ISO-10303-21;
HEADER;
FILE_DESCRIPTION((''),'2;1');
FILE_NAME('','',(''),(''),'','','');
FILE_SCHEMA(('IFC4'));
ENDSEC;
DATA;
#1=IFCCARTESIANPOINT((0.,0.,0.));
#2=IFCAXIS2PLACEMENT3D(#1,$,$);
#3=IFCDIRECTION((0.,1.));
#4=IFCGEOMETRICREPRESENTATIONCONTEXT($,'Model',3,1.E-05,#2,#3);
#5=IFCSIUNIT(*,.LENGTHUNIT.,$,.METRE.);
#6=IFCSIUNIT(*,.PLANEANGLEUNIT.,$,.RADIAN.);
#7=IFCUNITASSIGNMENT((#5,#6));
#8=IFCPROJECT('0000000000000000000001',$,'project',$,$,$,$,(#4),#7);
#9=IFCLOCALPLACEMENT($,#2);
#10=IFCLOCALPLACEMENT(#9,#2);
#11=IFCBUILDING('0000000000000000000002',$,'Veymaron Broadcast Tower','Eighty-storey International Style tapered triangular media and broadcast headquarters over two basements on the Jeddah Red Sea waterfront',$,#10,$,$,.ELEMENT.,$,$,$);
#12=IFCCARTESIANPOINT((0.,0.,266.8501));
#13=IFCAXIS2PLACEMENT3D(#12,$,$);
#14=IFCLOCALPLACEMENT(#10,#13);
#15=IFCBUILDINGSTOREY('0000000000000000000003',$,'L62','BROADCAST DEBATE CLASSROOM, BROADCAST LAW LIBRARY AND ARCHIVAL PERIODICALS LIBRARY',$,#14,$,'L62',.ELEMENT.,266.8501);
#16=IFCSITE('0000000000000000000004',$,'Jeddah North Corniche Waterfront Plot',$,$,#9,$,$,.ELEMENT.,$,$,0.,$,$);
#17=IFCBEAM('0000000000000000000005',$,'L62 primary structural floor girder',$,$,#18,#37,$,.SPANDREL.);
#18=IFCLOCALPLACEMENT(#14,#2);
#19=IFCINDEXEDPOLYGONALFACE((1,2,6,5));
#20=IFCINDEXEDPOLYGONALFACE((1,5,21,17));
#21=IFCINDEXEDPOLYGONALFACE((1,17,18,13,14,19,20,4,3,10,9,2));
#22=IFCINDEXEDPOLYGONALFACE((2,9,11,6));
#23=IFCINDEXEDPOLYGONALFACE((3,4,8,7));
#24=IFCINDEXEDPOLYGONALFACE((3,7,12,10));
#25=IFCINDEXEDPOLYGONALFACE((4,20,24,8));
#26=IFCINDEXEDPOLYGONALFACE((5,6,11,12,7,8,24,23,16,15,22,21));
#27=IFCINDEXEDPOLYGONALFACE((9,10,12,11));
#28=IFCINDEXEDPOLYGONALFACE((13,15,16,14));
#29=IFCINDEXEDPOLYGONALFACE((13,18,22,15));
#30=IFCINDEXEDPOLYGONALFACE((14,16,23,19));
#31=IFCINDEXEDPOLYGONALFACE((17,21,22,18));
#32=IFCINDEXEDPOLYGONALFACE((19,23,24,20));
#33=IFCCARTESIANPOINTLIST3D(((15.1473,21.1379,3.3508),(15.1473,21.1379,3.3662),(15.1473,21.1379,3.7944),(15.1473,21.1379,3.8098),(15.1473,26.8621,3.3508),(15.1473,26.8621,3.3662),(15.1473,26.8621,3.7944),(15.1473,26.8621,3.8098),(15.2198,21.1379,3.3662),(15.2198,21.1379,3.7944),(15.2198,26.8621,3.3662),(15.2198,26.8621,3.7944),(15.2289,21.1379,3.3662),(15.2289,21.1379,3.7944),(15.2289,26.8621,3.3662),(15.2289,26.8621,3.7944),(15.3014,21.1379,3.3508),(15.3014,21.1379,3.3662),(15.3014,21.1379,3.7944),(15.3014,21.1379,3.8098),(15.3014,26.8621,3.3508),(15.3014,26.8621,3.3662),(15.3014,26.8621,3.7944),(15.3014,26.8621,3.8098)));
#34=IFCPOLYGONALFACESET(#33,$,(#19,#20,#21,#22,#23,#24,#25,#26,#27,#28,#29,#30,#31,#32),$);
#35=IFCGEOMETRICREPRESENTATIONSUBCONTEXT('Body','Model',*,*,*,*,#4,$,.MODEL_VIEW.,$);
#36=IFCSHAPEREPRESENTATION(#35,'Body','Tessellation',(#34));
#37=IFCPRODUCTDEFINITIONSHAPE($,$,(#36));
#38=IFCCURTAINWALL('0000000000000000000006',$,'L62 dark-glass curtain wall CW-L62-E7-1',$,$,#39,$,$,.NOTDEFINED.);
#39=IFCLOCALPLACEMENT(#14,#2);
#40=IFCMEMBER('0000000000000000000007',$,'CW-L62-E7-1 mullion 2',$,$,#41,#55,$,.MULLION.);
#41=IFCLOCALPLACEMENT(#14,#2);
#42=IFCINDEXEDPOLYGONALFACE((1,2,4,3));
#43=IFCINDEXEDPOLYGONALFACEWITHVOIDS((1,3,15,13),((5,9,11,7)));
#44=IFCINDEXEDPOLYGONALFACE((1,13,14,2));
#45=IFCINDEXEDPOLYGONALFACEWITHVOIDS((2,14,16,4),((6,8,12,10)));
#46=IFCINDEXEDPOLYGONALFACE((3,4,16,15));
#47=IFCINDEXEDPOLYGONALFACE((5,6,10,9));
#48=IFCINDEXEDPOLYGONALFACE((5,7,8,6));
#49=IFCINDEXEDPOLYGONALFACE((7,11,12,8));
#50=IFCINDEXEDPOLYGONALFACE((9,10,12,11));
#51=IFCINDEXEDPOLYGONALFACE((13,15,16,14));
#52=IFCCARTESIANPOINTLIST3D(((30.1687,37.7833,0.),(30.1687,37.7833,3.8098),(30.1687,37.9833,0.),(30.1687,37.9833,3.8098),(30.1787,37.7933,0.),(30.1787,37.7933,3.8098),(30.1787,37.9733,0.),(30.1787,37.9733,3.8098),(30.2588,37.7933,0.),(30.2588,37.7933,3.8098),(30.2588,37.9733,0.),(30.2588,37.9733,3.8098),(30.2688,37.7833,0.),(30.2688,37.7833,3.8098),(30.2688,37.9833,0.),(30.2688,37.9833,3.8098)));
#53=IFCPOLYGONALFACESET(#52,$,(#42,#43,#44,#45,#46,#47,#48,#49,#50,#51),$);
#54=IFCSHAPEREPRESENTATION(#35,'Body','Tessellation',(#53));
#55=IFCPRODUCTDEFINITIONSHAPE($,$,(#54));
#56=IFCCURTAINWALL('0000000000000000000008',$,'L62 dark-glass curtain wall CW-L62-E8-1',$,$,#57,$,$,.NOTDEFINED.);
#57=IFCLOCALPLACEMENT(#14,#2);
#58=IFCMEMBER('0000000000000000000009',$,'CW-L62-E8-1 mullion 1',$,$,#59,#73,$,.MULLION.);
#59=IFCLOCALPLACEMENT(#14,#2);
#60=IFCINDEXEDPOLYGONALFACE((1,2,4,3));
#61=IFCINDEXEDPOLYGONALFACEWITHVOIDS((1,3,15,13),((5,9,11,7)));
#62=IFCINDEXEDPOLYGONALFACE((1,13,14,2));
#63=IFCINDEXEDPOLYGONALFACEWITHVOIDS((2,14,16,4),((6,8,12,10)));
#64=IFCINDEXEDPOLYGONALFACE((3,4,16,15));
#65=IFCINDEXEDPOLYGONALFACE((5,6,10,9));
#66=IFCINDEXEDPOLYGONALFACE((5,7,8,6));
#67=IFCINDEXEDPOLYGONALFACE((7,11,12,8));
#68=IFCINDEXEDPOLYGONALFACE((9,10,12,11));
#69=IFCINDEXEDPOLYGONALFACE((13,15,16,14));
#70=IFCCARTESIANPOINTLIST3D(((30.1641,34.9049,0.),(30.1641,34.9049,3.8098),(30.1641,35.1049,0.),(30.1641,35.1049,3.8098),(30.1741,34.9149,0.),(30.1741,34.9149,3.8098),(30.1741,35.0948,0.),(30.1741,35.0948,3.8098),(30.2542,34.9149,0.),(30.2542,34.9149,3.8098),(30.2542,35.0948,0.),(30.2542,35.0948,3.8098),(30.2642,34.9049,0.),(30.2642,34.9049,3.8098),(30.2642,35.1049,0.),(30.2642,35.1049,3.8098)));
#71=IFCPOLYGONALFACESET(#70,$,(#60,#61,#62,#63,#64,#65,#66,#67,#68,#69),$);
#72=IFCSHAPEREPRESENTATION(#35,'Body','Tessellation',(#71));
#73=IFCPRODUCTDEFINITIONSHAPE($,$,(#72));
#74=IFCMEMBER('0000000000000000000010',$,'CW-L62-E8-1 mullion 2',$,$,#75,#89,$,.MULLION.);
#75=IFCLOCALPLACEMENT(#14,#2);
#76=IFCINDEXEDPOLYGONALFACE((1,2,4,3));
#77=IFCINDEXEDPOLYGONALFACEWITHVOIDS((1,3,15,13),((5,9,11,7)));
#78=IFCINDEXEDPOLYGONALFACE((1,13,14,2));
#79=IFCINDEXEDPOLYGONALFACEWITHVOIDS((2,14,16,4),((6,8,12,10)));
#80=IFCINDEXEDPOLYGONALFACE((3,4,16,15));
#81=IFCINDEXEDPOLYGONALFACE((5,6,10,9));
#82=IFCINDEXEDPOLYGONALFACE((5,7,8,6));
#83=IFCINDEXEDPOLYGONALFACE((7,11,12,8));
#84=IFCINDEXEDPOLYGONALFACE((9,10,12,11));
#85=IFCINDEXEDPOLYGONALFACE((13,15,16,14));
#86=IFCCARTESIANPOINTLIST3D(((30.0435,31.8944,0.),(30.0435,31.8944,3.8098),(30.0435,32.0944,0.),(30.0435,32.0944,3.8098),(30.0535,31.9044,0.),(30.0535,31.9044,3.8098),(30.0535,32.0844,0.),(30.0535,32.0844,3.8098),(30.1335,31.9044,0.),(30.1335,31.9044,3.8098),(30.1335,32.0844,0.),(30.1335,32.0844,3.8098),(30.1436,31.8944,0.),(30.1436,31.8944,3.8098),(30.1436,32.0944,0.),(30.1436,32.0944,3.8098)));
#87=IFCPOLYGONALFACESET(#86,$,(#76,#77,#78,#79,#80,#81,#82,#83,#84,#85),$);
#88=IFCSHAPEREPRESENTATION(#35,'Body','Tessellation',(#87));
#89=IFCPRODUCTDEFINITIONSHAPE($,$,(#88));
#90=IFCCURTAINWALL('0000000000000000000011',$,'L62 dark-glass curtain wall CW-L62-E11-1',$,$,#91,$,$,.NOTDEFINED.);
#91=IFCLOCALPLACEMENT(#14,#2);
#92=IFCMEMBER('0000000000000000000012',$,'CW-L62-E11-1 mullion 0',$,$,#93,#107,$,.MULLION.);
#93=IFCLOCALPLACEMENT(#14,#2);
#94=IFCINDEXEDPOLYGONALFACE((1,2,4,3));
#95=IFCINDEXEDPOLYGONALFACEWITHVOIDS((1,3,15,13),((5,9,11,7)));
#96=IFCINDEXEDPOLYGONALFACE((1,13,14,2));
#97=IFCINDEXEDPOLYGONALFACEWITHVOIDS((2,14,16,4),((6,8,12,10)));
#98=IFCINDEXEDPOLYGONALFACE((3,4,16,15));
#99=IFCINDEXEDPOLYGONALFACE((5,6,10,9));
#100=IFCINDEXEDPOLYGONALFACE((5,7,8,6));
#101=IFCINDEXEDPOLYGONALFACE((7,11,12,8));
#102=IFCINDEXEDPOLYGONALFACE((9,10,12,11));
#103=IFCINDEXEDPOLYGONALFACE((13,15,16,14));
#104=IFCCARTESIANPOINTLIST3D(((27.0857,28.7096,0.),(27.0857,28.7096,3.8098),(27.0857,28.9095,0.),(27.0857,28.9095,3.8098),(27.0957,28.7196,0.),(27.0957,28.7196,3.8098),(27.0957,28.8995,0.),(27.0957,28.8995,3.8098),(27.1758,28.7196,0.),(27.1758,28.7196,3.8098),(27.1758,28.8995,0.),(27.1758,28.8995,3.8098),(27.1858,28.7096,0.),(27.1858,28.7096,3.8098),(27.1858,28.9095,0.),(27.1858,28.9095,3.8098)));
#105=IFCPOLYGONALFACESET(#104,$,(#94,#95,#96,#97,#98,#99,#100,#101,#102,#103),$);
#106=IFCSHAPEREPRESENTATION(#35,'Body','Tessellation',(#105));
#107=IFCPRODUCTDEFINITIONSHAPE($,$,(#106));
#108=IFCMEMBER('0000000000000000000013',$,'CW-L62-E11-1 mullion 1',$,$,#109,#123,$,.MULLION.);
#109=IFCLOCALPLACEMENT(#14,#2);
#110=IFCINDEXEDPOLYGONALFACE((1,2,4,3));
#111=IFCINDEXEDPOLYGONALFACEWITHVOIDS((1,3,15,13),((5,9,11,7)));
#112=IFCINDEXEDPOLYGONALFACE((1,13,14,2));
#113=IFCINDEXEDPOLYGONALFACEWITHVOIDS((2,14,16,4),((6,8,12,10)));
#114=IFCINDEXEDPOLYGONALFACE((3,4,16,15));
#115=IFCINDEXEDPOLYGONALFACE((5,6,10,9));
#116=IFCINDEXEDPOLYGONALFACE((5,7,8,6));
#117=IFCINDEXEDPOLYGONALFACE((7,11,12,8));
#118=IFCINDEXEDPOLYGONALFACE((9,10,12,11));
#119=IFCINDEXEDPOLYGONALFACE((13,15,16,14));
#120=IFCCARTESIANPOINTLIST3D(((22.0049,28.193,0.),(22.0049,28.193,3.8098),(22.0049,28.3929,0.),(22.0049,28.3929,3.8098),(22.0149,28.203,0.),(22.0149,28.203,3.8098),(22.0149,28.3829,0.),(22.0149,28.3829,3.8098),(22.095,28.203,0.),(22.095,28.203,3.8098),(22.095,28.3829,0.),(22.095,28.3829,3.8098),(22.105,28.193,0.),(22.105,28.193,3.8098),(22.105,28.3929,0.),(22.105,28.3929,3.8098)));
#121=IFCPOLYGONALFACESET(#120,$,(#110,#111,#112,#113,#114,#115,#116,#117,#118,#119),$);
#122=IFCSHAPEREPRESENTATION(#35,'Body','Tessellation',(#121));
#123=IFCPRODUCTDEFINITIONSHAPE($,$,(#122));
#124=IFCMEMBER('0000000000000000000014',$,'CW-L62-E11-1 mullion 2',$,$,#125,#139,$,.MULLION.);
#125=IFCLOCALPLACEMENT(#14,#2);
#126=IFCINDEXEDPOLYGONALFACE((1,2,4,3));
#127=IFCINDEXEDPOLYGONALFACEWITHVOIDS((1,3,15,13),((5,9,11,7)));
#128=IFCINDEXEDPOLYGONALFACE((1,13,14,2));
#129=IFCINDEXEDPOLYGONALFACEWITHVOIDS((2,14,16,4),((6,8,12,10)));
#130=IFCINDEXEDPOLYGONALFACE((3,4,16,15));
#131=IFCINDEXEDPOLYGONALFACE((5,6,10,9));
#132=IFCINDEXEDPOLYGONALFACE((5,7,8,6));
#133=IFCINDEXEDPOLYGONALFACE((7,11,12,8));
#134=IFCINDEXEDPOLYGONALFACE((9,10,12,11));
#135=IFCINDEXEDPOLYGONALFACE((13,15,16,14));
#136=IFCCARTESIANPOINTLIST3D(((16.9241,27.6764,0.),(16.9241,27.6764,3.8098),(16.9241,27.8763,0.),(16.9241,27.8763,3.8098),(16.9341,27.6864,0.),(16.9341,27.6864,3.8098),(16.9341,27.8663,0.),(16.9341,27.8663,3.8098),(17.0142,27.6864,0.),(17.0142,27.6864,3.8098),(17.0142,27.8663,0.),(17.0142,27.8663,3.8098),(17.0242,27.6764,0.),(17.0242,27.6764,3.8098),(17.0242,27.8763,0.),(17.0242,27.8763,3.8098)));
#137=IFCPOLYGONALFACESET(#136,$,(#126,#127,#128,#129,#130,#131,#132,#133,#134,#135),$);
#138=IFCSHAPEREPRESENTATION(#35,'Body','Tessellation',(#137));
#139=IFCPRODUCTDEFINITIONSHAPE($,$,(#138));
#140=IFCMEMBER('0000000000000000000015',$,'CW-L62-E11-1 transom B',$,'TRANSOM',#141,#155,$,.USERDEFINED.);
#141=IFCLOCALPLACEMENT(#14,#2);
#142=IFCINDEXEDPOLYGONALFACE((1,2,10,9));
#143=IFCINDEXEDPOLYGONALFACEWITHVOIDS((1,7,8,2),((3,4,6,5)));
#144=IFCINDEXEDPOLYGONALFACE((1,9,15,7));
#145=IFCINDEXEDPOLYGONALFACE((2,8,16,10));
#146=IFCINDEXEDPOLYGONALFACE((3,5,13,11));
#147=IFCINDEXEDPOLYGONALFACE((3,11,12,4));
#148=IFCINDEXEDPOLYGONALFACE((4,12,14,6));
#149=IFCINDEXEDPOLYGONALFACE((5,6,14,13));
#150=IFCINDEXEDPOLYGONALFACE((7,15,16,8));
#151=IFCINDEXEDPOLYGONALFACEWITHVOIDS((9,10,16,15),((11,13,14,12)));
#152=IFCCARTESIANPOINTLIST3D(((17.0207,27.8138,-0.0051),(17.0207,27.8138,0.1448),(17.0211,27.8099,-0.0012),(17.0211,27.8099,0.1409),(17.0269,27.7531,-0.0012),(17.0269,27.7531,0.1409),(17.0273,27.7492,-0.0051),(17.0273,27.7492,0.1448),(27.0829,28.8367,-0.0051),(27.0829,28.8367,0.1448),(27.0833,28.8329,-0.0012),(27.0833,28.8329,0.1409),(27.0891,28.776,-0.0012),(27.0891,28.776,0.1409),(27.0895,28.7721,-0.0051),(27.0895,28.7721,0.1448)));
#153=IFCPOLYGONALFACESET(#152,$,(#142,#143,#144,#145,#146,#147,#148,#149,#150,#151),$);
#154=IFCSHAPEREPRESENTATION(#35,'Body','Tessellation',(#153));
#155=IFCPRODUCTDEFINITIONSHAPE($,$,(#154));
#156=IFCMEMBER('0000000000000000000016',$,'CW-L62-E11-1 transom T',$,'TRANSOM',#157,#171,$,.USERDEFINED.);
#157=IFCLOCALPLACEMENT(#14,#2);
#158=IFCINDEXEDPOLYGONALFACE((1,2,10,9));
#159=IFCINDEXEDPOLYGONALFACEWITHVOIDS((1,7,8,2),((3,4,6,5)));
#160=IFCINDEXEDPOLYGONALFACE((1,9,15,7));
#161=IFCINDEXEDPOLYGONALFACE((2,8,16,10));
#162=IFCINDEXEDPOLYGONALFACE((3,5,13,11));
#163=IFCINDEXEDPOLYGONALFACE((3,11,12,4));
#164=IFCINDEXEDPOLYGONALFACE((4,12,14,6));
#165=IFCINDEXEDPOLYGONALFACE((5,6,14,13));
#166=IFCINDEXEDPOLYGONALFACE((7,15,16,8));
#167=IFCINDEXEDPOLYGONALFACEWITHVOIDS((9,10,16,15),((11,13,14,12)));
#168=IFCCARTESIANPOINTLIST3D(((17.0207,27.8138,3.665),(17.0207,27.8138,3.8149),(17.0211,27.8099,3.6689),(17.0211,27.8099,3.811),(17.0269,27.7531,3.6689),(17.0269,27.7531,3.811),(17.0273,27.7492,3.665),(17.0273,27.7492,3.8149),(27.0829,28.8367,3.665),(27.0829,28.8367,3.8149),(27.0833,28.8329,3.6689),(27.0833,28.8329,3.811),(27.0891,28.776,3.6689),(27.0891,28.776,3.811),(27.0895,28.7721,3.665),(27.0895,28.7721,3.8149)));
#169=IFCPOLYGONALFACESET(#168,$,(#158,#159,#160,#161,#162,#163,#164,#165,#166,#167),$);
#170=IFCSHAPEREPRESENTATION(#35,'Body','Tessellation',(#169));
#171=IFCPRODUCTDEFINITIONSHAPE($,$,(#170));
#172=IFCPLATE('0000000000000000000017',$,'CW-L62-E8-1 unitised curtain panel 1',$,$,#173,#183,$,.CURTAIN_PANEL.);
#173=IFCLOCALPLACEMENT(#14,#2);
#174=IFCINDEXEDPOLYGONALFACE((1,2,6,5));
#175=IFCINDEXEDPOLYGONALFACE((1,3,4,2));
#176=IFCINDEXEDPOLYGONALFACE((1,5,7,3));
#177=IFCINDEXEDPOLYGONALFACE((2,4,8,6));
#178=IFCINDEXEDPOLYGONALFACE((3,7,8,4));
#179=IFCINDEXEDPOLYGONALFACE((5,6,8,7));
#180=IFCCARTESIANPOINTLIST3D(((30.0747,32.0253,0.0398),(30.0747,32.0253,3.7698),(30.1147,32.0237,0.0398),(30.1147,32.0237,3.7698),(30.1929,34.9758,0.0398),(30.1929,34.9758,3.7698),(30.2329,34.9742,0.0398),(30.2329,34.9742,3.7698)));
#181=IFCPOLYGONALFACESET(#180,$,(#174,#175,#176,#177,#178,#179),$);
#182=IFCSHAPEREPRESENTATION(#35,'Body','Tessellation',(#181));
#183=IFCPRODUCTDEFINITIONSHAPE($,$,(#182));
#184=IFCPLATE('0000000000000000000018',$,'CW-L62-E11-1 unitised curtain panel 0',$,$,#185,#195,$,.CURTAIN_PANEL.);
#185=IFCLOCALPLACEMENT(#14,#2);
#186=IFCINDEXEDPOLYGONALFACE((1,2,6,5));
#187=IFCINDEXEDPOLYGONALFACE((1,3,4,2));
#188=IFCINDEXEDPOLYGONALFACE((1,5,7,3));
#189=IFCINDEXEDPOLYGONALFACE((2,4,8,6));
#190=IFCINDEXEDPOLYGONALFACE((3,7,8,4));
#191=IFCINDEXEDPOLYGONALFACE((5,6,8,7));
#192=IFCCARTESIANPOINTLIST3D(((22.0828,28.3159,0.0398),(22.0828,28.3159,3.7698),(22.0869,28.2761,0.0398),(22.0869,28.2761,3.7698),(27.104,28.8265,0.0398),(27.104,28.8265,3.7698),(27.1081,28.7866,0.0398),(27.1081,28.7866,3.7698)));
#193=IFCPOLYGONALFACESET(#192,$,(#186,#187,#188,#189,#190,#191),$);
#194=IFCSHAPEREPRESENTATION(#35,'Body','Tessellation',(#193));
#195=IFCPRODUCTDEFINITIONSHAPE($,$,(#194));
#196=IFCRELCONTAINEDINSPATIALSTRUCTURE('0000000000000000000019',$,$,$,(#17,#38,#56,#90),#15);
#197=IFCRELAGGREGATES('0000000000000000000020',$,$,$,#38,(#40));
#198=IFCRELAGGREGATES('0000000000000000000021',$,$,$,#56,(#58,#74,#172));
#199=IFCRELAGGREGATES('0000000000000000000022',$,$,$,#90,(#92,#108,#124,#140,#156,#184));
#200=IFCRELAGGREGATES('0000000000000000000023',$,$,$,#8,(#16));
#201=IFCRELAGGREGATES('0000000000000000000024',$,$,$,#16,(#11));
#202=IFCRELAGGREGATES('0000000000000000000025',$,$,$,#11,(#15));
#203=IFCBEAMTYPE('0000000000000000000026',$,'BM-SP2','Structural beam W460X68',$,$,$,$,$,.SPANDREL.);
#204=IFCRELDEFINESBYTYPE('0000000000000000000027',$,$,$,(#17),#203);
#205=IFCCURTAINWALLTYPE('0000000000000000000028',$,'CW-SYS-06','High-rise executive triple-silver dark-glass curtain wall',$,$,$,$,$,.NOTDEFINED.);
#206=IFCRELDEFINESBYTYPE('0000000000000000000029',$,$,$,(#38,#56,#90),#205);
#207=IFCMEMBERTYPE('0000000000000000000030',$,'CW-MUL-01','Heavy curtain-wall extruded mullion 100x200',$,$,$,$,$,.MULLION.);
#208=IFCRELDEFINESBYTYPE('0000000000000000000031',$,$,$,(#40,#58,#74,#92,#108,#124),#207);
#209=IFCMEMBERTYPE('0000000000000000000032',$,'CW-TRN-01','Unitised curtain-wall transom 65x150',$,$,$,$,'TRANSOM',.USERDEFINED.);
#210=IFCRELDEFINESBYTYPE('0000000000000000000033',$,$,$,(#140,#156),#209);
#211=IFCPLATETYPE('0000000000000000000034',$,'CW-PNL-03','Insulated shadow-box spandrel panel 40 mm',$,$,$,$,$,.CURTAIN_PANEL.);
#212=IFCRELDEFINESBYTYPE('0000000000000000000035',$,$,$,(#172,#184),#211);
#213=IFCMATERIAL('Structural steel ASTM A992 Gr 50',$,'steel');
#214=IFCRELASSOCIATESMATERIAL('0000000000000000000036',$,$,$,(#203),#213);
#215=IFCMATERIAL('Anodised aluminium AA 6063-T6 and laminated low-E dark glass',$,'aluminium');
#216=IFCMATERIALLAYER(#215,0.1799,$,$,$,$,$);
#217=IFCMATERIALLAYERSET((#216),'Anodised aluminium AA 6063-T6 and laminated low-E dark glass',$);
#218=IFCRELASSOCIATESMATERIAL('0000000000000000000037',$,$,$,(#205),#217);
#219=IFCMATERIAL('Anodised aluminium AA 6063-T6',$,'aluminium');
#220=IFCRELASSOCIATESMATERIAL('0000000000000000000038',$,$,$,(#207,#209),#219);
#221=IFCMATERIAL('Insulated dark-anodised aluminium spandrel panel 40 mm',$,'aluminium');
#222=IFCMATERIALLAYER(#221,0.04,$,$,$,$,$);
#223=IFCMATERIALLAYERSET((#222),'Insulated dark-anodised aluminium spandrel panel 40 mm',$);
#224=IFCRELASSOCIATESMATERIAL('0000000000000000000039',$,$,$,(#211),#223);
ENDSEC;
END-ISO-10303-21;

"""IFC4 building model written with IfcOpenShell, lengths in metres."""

from ifc_helpers import new_model, si_unit, direction, frame, origin, origin_2d, place, context, subcontext, project, spatial, rectangle, hollow_rectangle, i_section, extrude, material, layer, layer_set, material_profile, profile_set, type_object, element, aggregate, save


model = new_model("IFC4")

# Units and contexts
model_context = context("Model", 3, precision=1e-05, world=origin(), true_north=direction((0.0, 1.0)))
body_context = subcontext(model_context, "Body", "Model", "MODEL_VIEW")
ifc_project = project(units=[si_unit("LENGTHUNIT", "METRE"), si_unit("PLANEANGLEUNIT", "RADIAN")], contexts=[model_context])

# Site, building, storey
site_placement = place(None, origin())
site = spatial("IfcSite", under=ifc_project, at=site_placement, Name="Jeddah North Corniche Waterfront Plot", CompositionType="ELEMENT", RefElevation=0.0)
building_placement = place(site_placement, origin())
building = spatial("IfcBuilding", under=site, at=building_placement, Name="Veymaron Broadcast Tower", Description="Eighty-storey International Style tapered triangular media and broadcast headquarters over two basements on the Jeddah Red Sea waterfront", CompositionType="ELEMENT")
storey_placement = place(building_placement, frame((0.0, 0.0, 266.8501)))
storey = spatial("IfcBuildingStorey", under=building, at=storey_placement, Name="L62", Description="BROADCAST DEBATE CLASSROOM, BROADCAST LAW LIBRARY AND ARCHIVAL PERIODICALS LIBRARY", LongName="L62", CompositionType="ELEMENT", Elevation=266.8501)

# Beam
ifc_material_1 = material(Name="Structural steel ASTM A992 Gr 50", Category="steel")
ifc_material_profile_1 = material_profile(ifc_material_1, i_section(OverallWidth=0.1541, OverallDepth=0.459, WebThickness=0.009, FlangeThickness=0.0154, at=origin_2d()), Name="W460X68")
ifc_profile_set_1 = profile_set([ifc_material_profile_1], Name="Structural steel ASTM A992 Gr 50")
beam_type_1 = type_object("IfcBeamType", Name="BM-SP2", Description="Structural beam W460X68", PredefinedType="SPANDREL", material=ifc_profile_set_1)
beam_1_placement = place(storey_placement, frame((15.2244, 21.1379, 3.5803), z_axis=(0.0, 1.0, 0.0), x_axis=(-1.0, 0.0, 0.0)))
element("IfcBeam", 1, at=beam_1_placement, inside=storey, type_object=beam_type_1, Name="L62 primary structural floor girder", PredefinedType="SPANDREL", context=body_context, shape_type="SweptSolid", body=[
    extrude(i_section(OverallWidth=0.1541, OverallDepth=0.459, WebThickness=0.009, FlangeThickness=0.0154, at=origin_2d()), origin(), (0.0, 0.0, 1.0), 5.7241),
])

# Curtain wall, member
ifc_material_2 = material(Name="Anodised aluminium AA 6063-T6 and laminated low-E dark glass", Category="aluminium")
ifc_layer_1 = layer(ifc_material_2, 0.1799)
ifc_layer_set_1 = layer_set([ifc_layer_1], Name="Anodised aluminium AA 6063-T6 and laminated low-E dark glass")
curtain_wall_type = type_object("IfcCurtainWallType", Name="CW-SYS-06", Description="High-rise executive triple-silver dark-glass curtain wall", PredefinedType="NOTDEFINED", material=ifc_layer_set_1)
curtain_wall_1_placement = place(storey_placement, origin())
curtain_wall_1 = element("IfcCurtainWall", 2, at=curtain_wall_1_placement, inside=storey, type_object=curtain_wall_type, Name="L62 dark-glass curtain wall CW-L62-E7-1", PredefinedType="NOTDEFINED")
ifc_material_3 = material(Name="Anodised aluminium AA 6063-T6", Category="aluminium")
ifc_material_profile_2 = material_profile(ifc_material_3, hollow_rectangle(XDim=0.1001, YDim=0.2, WallThickness=0.01, at=origin_2d()), Name="RHS200X100X10")
ifc_profile_set_2 = profile_set([ifc_material_profile_2], Name="Anodised aluminium AA 6063-T6")
member_type_1 = type_object("IfcMemberType", Name="CW-MUL-01", Description="Heavy curtain-wall extruded mullion 100x200", PredefinedType="MULLION", material=ifc_profile_set_2)
member_1_placement = place(storey_placement, frame((30.2188, 37.8833, 0.0), z_axis=(0.0, 0.0, 1.0), x_axis=(1.0, 0.0, 0.0)))
member_1 = element("IfcMember", 3, at=member_1_placement, type_object=member_type_1, Name="CW-L62-E7-1 mullion 2", PredefinedType="MULLION", context=body_context, shape_type="SweptSolid", body=[
    extrude(hollow_rectangle(XDim=0.1001, YDim=0.2, WallThickness=0.01, at=origin_2d()), origin(), (0.0, 0.0, 1.0), 3.8098),
])
aggregate(curtain_wall_1, [member_1])

# Curtain walls, members
curtain_wall_2_placement = place(storey_placement, origin())
curtain_wall_2 = element("IfcCurtainWall", 4, at=curtain_wall_2_placement, inside=storey, type_object=curtain_wall_type, Name="L62 dark-glass curtain wall CW-L62-E8-1", PredefinedType="NOTDEFINED")
member_2_placement = place(storey_placement, frame((30.2141, 35.0049, 0.0), z_axis=(0.0, 0.0, 1.0), x_axis=(1.0, 0.0, 0.0)))
member_2 = element("IfcMember", 5, at=member_2_placement, type_object=member_type_1, Name="CW-L62-E8-1 mullion 1", PredefinedType="MULLION", context=body_context, shape_type="SweptSolid", body=[
    extrude(hollow_rectangle(XDim=0.1001, YDim=0.2, WallThickness=0.01, at=origin_2d()), origin(), (0.0, 0.0, 1.0), 3.8098),
])
member_3_placement = place(storey_placement, frame((30.0935, 31.9944, 0.0), z_axis=(0.0, 0.0, 1.0), x_axis=(1.0, 0.0, 0.0)))
member_3 = element("IfcMember", 6, at=member_3_placement, type_object=member_type_1, Name="CW-L62-E8-1 mullion 2", PredefinedType="MULLION", context=body_context, shape_type="SweptSolid", body=[
    extrude(hollow_rectangle(XDim=0.1001, YDim=0.2, WallThickness=0.01, at=origin_2d()), origin(), (0.0, 0.0, 1.0), 3.8098),
])
curtain_wall_3_placement = place(storey_placement, origin())
curtain_wall_3 = element("IfcCurtainWall", 7, at=curtain_wall_3_placement, inside=storey, type_object=curtain_wall_type, Name="L62 dark-glass curtain wall CW-L62-E11-1", PredefinedType="NOTDEFINED")
member_4_placement = place(storey_placement, frame((27.1357, 28.8096, 0.0), z_axis=(0.0, 0.0, 1.0), x_axis=(1.0, 0.0, 0.0)))
member_4 = element("IfcMember", 8, at=member_4_placement, type_object=member_type_1, Name="CW-L62-E11-1 mullion 0", PredefinedType="MULLION", context=body_context, shape_type="SweptSolid", body=[
    extrude(hollow_rectangle(XDim=0.1001, YDim=0.2, WallThickness=0.01, at=origin_2d()), origin(), (0.0, 0.0, 1.0), 3.8098),
])
member_5_placement = place(storey_placement, frame((22.0549, 28.293, 0.0), z_axis=(0.0, 0.0, 1.0), x_axis=(1.0, 0.0, 0.0)))
member_5 = element("IfcMember", 9, at=member_5_placement, type_object=member_type_1, Name="CW-L62-E11-1 mullion 1", PredefinedType="MULLION", context=body_context, shape_type="SweptSolid", body=[
    extrude(hollow_rectangle(XDim=0.1001, YDim=0.2, WallThickness=0.01, at=origin_2d()), origin(), (0.0, 0.0, 1.0), 3.8098),
])
member_6_placement = place(storey_placement, frame((16.9741, 27.7764, 0.0), z_axis=(0.0, 0.0, 1.0), x_axis=(1.0, 0.0, 0.0)))
member_6 = element("IfcMember", 10, at=member_6_placement, type_object=member_type_1, Name="CW-L62-E11-1 mullion 2", PredefinedType="MULLION", context=body_context, shape_type="SweptSolid", body=[
    extrude(hollow_rectangle(XDim=0.1001, YDim=0.2, WallThickness=0.01, at=origin_2d()), origin(), (0.0, 0.0, 1.0), 3.8098),
])
ifc_material_profile_3 = material_profile(ifc_material_3, hollow_rectangle(XDim=0.0649, YDim=0.1499, WallThickness=0.0039, at=origin_2d()), Name="AL150X65X4")
ifc_profile_set_3 = profile_set([ifc_material_profile_3], Name="Anodised aluminium AA 6063-T6")
member_type_2 = type_object("IfcMemberType", Name="CW-TRN-01", Description="Unitised curtain-wall transom 65x150", ElementType="TRANSOM", PredefinedType="USERDEFINED", material=ifc_profile_set_3)
member_7_placement = place(storey_placement, frame((27.0862, 28.8044, 0.0698), z_axis=(-0.994872, -0.101141, 0.0), x_axis=(0.101141, -0.994872, 0.0)))
member_7 = element("IfcMember", 11, at=member_7_placement, type_object=member_type_2, Name="CW-L62-E11-1 transom B", ObjectType="TRANSOM", PredefinedType="USERDEFINED", context=body_context, shape_type="SweptSolid", body=[
    extrude(hollow_rectangle(XDim=0.0649, YDim=0.1499, WallThickness=0.0039, at=origin_2d()), origin(), (0.0, 0.0, 1.0), 10.114),
])
member_8_placement = place(storey_placement, frame((27.0862, 28.8044, 3.74), z_axis=(-0.994872, -0.101141, 0.0), x_axis=(0.101141, -0.994872, 0.0)))
member_8 = element("IfcMember", 12, at=member_8_placement, type_object=member_type_2, Name="CW-L62-E11-1 transom T", ObjectType="TRANSOM", PredefinedType="USERDEFINED", context=body_context, shape_type="SweptSolid", body=[
    extrude(hollow_rectangle(XDim=0.0649, YDim=0.1499, WallThickness=0.0039, at=origin_2d()), origin(), (0.0, 0.0, 1.0), 10.114),
])

# Plates
ifc_material_4 = material(Name="Insulated dark-anodised aluminium spandrel panel 40 mm", Category="aluminium")
ifc_layer_2 = layer(ifc_material_4, 0.04)
ifc_layer_set_2 = layer_set([ifc_layer_2], Name="Insulated dark-anodised aluminium spandrel panel 40 mm")
plate_type_1 = type_object("IfcPlateType", Name="CW-PNL-03", Description="Insulated shadow-box spandrel panel 40 mm", PredefinedType="CURTAIN_PANEL", material=ifc_layer_set_2)
plate_1_placement = place(storey_placement, frame((30.1538, 33.4998, 0.0398), z_axis=(0.0, 0.0, 1.0), x_axis=(-0.040045, -0.999198, 0.0)))
plate_1 = element("IfcPlate", 13, at=plate_1_placement, type_object=plate_type_1, Name="CW-L62-E8-1 unitised curtain panel 1", PredefinedType="CURTAIN_PANEL", context=body_context, shape_type="SweptSolid", body=[
    extrude(rectangle(XDim=2.9529, YDim=0.04, at=origin_2d()), origin(), (0.0, 0.0, 1.0), 3.73),
])
aggregate(curtain_wall_2, [member_2, member_3, plate_1])
plate_2_placement = place(storey_placement, frame((24.5955, 28.5513, 0.0398), z_axis=(0.0, 0.0, 1.0), x_axis=(-0.99487, -0.10116, 0.0)))
plate_2 = element("IfcPlate", 14, at=plate_2_placement, type_object=plate_type_1, Name="CW-L62-E11-1 unitised curtain panel 0", PredefinedType="CURTAIN_PANEL", context=body_context, shape_type="SweptSolid", body=[
    extrude(rectangle(XDim=5.0471, YDim=0.04, at=origin_2d()), origin(), (0.0, 0.0, 1.0), 3.73),
])
aggregate(curtain_wall_3, [member_4, member_5, member_6, member_7, member_8, plate_2])

save(model, "model.ifc")
